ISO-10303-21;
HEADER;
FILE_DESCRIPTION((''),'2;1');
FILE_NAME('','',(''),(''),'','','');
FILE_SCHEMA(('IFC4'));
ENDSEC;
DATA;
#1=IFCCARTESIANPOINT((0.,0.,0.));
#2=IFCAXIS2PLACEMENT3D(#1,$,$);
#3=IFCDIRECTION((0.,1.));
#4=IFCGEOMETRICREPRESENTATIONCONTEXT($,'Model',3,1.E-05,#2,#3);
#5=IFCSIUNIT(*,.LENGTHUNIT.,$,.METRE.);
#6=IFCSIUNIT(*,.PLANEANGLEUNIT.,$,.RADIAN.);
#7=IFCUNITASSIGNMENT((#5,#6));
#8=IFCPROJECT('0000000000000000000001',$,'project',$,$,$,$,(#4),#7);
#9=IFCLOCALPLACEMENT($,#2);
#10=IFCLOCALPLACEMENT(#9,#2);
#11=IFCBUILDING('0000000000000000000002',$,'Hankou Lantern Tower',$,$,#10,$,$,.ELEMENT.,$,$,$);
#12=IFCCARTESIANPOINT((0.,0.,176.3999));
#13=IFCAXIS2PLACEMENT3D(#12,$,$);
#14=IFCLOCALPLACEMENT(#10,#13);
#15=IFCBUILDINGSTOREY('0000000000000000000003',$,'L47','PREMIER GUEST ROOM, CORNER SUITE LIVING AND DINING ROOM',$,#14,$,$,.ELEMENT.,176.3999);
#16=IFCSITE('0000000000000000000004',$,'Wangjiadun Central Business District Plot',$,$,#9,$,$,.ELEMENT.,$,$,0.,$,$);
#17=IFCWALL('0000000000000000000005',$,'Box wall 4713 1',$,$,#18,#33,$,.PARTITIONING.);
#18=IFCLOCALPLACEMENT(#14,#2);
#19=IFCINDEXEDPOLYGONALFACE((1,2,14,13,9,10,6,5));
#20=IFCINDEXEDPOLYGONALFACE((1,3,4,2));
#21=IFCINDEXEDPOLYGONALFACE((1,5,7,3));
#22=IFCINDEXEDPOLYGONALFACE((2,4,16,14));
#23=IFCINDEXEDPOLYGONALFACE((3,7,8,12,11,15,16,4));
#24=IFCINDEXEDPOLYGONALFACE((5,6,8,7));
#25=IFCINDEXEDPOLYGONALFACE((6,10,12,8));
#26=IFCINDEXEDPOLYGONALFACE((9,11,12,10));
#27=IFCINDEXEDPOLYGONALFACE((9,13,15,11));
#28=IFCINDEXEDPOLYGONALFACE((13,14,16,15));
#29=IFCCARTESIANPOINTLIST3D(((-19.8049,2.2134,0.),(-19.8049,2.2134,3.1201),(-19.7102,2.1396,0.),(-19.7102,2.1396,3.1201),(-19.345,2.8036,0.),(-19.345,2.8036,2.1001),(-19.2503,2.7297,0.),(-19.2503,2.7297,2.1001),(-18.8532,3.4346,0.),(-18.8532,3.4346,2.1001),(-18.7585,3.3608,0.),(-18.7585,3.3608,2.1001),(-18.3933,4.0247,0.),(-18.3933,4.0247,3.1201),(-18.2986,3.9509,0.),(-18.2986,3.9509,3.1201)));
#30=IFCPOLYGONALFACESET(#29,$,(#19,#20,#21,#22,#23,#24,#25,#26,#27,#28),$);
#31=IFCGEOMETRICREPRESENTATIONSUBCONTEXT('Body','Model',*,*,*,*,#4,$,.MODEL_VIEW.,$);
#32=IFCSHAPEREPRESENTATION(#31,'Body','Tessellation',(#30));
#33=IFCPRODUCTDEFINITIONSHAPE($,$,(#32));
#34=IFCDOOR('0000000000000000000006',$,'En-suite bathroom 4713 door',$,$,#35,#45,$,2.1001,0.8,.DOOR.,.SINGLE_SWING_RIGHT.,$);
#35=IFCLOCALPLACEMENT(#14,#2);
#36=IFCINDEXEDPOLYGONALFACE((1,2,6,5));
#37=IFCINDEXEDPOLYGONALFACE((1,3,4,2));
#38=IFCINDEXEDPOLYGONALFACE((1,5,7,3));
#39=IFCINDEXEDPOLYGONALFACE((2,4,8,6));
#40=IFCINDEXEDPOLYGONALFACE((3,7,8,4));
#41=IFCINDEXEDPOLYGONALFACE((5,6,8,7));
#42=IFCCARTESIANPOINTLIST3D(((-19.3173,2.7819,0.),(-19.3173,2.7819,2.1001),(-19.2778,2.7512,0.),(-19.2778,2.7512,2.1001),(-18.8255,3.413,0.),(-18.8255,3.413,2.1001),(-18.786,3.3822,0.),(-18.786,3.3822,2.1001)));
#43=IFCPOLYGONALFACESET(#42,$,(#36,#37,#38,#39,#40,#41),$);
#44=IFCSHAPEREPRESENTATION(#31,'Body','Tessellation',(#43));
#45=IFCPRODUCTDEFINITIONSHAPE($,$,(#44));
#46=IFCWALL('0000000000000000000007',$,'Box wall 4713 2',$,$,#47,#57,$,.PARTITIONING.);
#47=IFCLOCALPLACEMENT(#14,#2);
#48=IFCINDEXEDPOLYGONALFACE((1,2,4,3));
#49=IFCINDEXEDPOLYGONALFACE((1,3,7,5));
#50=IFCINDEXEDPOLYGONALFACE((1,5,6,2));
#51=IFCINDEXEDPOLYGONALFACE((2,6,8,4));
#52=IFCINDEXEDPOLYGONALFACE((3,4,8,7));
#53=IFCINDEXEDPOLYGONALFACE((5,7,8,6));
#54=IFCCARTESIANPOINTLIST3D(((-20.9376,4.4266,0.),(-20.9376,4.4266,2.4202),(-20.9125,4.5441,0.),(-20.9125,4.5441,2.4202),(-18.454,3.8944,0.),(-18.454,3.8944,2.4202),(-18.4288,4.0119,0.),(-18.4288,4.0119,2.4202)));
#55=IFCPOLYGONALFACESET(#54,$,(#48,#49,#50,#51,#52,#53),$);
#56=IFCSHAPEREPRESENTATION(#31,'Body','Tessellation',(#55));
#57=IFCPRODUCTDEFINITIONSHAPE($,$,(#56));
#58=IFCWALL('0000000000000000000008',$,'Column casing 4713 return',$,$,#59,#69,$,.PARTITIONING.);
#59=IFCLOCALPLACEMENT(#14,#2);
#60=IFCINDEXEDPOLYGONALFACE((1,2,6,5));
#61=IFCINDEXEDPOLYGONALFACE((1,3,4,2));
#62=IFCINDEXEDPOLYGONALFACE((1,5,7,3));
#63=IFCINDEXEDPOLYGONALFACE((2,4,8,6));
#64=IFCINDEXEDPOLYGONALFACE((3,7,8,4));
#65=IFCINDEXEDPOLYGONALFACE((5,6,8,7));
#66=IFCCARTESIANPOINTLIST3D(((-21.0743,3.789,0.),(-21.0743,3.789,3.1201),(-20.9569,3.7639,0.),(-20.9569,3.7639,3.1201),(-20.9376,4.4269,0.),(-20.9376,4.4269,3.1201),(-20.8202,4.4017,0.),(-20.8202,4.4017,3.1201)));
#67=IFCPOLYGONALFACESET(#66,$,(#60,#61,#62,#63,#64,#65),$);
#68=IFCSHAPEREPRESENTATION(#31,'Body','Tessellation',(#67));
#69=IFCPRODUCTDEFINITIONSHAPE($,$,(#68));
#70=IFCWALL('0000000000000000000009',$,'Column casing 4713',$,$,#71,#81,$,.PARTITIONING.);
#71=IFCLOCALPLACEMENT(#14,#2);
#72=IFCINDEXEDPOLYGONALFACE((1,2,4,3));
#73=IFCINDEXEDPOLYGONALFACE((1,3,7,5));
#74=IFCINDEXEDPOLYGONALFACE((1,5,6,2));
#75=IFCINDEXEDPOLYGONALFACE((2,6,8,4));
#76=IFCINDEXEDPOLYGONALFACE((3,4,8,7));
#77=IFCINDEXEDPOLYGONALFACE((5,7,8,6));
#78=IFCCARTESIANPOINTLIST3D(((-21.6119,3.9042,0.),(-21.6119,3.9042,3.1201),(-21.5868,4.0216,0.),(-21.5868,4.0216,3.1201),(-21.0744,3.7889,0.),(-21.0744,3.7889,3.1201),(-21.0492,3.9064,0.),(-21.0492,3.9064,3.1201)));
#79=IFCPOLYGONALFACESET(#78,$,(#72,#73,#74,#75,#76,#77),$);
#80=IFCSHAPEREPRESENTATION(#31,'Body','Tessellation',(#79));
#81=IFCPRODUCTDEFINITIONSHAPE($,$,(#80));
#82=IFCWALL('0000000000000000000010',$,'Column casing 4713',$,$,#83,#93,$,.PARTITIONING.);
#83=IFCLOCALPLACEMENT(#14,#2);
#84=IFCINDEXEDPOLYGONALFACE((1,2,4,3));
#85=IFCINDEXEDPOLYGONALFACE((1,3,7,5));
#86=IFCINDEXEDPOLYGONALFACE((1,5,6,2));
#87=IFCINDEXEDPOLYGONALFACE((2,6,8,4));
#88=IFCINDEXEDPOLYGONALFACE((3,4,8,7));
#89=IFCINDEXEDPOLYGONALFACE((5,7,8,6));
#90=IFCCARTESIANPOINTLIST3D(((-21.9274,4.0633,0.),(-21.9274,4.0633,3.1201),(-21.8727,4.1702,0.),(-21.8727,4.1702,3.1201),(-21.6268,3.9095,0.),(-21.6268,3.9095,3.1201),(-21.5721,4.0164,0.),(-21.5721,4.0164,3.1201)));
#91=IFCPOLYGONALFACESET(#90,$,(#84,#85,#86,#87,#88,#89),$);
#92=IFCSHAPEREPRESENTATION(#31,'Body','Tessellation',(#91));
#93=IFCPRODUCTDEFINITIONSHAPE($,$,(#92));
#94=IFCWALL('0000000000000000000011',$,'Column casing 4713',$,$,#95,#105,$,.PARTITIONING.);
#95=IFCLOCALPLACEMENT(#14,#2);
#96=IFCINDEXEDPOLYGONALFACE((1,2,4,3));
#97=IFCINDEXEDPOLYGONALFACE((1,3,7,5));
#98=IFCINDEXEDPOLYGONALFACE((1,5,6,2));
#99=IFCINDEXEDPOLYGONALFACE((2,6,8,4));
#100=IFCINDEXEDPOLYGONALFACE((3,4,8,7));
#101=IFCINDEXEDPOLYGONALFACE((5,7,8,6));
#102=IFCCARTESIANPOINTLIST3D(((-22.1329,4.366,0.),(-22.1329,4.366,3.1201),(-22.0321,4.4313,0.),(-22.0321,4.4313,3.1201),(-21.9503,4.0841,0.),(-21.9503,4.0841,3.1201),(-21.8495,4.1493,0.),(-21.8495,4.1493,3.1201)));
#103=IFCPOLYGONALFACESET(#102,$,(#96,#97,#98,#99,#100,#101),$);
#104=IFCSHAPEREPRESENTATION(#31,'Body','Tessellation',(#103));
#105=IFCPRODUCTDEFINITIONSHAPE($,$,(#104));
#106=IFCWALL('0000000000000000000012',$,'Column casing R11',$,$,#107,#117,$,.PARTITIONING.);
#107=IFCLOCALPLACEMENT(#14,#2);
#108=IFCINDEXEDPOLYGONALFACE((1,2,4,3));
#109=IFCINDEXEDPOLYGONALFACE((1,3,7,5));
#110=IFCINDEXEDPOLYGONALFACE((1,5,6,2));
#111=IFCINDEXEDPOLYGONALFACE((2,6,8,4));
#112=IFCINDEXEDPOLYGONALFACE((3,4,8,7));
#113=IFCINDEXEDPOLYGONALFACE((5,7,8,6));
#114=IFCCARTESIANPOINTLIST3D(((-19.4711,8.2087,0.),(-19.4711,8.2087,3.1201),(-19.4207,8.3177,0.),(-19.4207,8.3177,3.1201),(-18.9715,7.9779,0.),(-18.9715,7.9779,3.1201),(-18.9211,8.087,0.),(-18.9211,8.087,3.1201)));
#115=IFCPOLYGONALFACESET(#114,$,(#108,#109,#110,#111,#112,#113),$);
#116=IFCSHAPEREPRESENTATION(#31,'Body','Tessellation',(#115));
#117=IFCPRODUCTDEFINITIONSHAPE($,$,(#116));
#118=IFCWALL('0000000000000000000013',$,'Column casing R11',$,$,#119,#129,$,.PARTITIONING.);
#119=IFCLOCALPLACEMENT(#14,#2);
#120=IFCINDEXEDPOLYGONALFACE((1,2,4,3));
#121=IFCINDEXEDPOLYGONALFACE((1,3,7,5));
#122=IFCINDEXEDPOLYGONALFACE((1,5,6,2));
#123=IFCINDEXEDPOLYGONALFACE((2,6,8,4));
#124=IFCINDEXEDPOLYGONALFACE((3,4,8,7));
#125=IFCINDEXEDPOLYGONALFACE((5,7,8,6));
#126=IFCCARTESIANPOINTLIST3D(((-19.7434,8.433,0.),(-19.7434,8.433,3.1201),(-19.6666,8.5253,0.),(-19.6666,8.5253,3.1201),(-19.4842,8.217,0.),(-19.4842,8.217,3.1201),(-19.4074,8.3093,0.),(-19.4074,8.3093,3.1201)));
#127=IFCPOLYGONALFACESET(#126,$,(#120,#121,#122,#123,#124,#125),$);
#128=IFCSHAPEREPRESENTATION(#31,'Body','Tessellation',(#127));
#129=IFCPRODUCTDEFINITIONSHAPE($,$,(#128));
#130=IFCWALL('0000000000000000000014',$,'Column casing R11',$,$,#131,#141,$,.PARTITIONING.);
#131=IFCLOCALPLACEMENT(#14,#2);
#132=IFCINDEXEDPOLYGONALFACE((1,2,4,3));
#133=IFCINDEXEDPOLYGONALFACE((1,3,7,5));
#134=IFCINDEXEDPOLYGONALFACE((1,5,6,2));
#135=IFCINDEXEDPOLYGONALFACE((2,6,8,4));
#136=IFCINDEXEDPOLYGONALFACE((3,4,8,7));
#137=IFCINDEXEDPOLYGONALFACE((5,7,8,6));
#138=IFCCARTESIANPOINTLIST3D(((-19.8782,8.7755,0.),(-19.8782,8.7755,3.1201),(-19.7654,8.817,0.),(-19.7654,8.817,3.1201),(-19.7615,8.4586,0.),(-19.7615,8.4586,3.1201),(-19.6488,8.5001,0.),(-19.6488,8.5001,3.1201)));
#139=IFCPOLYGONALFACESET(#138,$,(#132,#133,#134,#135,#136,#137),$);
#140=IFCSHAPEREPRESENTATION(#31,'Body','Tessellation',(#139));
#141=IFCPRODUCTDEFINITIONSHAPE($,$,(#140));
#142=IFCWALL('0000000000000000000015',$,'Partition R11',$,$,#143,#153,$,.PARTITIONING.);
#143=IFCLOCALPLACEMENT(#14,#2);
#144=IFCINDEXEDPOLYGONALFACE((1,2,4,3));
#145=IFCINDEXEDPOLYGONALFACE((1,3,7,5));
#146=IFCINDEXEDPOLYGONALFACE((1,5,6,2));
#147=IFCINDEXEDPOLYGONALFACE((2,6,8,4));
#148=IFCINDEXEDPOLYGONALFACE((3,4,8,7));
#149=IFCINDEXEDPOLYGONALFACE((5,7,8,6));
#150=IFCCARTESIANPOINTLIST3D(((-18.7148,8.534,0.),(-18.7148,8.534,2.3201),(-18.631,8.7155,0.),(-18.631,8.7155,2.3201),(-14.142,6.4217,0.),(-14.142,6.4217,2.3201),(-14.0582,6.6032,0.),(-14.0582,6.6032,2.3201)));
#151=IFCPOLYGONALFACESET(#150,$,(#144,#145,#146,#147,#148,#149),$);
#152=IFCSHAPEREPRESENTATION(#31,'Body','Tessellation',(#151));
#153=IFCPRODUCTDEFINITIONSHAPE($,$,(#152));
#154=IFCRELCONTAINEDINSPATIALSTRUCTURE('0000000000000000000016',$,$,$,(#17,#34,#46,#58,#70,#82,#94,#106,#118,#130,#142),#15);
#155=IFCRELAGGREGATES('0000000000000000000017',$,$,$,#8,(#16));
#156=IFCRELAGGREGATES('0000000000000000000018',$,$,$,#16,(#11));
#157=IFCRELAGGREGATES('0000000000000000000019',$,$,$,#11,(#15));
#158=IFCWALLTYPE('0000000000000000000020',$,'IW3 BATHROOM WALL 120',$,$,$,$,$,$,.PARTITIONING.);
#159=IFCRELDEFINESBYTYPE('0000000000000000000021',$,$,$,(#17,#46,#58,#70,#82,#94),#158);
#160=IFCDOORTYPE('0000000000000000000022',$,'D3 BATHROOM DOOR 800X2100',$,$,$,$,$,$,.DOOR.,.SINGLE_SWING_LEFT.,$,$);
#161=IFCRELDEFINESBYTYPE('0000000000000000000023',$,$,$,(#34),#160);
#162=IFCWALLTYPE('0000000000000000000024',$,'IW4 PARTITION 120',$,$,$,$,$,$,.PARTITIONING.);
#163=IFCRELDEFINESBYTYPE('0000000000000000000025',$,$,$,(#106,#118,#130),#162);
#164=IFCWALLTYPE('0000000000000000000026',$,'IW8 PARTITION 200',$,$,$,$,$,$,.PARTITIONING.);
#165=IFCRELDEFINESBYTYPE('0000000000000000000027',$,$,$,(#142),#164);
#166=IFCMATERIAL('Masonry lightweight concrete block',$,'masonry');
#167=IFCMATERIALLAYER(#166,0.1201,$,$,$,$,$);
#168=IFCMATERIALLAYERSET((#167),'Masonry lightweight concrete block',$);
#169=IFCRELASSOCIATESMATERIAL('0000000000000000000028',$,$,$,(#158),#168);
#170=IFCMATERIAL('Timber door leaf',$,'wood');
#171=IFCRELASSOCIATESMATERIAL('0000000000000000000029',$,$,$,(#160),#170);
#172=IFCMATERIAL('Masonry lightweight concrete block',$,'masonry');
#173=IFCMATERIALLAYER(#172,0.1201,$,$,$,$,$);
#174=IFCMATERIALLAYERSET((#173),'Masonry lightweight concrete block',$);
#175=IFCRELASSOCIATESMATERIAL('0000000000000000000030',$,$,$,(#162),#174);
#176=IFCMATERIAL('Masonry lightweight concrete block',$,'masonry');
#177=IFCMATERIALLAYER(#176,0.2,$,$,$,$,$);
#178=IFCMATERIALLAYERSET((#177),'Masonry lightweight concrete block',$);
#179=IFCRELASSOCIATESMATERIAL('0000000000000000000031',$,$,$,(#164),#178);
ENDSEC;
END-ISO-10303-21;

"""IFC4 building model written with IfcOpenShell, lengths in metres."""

from ifc_helpers import new_model, si_unit, direction, frame, frame_2d, origin, place, context, subcontext, project, spatial, rectangle, extrude, material, layer, layer_set, type_object, element, fill, save


model = new_model("IFC4")

# Units and contexts
model_context = context("Model", 3, precision=1e-05, world=origin(), true_north=direction((0.0, 1.0)))
body_context = subcontext(model_context, "Body", "Model", "MODEL_VIEW")
ifc_project = project(units=[si_unit("LENGTHUNIT", "METRE"), si_unit("PLANEANGLEUNIT", "RADIAN")], contexts=[model_context])

# Site, building, storey
site_placement = place(None, origin())
site = spatial("IfcSite", under=ifc_project, at=site_placement, Name="Wangjiadun Central Business District Plot", CompositionType="ELEMENT", RefElevation=0.0)
building_placement = place(site_placement, origin())
building = spatial("IfcBuilding", under=site, at=building_placement, Name="Hankou Lantern Tower", CompositionType="ELEMENT")
storey_placement = place(building_placement, frame((0.0, 0.0, 176.3999)))
storey = spatial("IfcBuildingStorey", under=building, at=storey_placement, Name="L47", Description="PREMIER GUEST ROOM, CORNER SUITE LIVING AND DINING ROOM", CompositionType="ELEMENT", Elevation=176.3999)

# Wall, opening, door
ifc_material_1 = material(Name="Masonry lightweight concrete block", Category="masonry")
ifc_layer_1 = layer(ifc_material_1, 0.1201)
ifc_layer_set_1 = layer_set([ifc_layer_1], Name="Masonry lightweight concrete block")
wall_type_1 = type_object("IfcWallType", Name="IW3 BATHROOM WALL 120", PredefinedType="PARTITIONING", material=ifc_layer_set_1)
wall_1_placement = place(storey_placement, frame((-19.7576, 2.1765, 0.0), z_axis=(0.0, 0.0, 1.0), x_axis=(0.614713, 0.788751, 0.0)))
wall_1 = element("IfcWall", 1, at=wall_1_placement, inside=storey, type_object=wall_type_1, Name="Box wall 4713 1", PredefinedType="PARTITIONING", context=body_context, shape_type="SweptSolid", body=[
    extrude(rectangle(XDim=2.2964, YDim=0.1201, at=frame_2d((1.1482, 0.0))), origin(), (0.0, 0.0, 1.0), 3.1201),
])
opening_1_placement = place(wall_1_placement, frame((0.7483, 0.0, 0.0)))
opening_1 = element("IfcOpeningElement", 2, at=opening_1_placement, cuts=wall_1, PredefinedType="OPENING", context=body_context, shape_type="SweptSolid", body=[
    extrude(rectangle(XDim=0.8, YDim=2.1001, at=frame_2d((0.3999, 1.05))), frame((0.0, 0.0701, 0.0), z_axis=(0.0, -1.0, 0.0), x_axis=(1.0, 0.0, 0.0)), (0.0, 0.0, 1.0), 0.1401),
])
ifc_material_2 = material(Name="Timber door leaf", Category="wood")
door_type_1 = type_object("IfcDoorType", Name="D3 BATHROOM DOOR 800X2100", OperationType="SINGLE_SWING_LEFT", PredefinedType="DOOR", material=ifc_material_2)
door_1_placement = place(opening_1_placement, origin())
door_1 = element("IfcDoor", 3, at=door_1_placement, inside=storey, type_object=door_type_1, Name="En-suite bathroom 4713 door", OperationType="SINGLE_SWING_RIGHT", OverallHeight=2.1001, OverallWidth=0.8, PredefinedType="DOOR", context=body_context, shape_type="SweptSolid", body=[
    extrude(rectangle(XDim=0.8, YDim=2.1001, at=frame_2d((0.3999, 1.05))), frame((0.0, 0.0249, 0.0), z_axis=(0.0, -1.0, 0.0), x_axis=(1.0, 0.0, 0.0)), (0.0, 0.0, 1.0), 0.05),
])
fill(opening_1, door_1)

# Walls
wall_2_placement = place(storey_placement, frame((-18.4414, 3.9531, 0.0), z_axis=(0.0, 0.0, 1.0), x_axis=(-0.977801, 0.209536, 0.0)))
element("IfcWall", 4, at=wall_2_placement, inside=storey, type_object=wall_type_1, Name="Box wall 4713 2", PredefinedType="PARTITIONING", context=body_context, shape_type="SweptSolid", body=[
    extrude(rectangle(XDim=2.54, YDim=0.1201, at=frame_2d((1.27, 0.0))), origin(), (0.0, 0.0, 1.0), 2.4202),
])
wall_3_placement = place(storey_placement, frame((-20.8789, 4.4143, 0.0), z_axis=(0.0, 0.0, 1.0), x_axis=(-0.209555, -0.977797, 0.0)))
element("IfcWall", 5, at=wall_3_placement, inside=storey, type_object=wall_type_1, Name="Column casing 4713 return", PredefinedType="PARTITIONING", context=body_context, shape_type="SweptSolid", body=[
    extrude(rectangle(XDim=0.6523, YDim=0.1201, at=frame_2d((0.3262, 0.0))), origin(), (0.0, 0.0, 1.0), 3.1201),
])
wall_4_placement = place(storey_placement, frame((-21.0618, 3.8477, 0.0), z_axis=(0.0, 0.0, 1.0), x_axis=(-0.977789, 0.20959, 0.0)))
element("IfcWall", 6, at=wall_4_placement, inside=storey, type_object=wall_type_1, Name="Column casing 4713", PredefinedType="PARTITIONING", context=body_context, shape_type="SweptSolid", body=[
    extrude(rectangle(XDim=0.5498, YDim=0.1201, at=frame_2d((0.2749, 0.0))), origin(), (0.0, 0.0, 1.0), 3.1201),
])
wall_5_placement = place(storey_placement, frame((-21.5994, 3.9629, 0.0), z_axis=(0.0, 0.0, 1.0), x_axis=(-0.890194, 0.455582, 0.0)))
element("IfcWall", 7, at=wall_5_placement, inside=storey, type_object=wall_type_1, Name="Column casing 4713", PredefinedType="PARTITIONING", context=body_context, shape_type="SweptSolid", body=[
    extrude(rectangle(XDim=0.3376, YDim=0.1201, at=frame_2d((0.1689, 0.0))), origin(), (0.0, 0.0, 1.0), 3.1201),
])
wall_6_placement = place(storey_placement, frame((-21.8999, 4.1167, 0.0), z_axis=(0.0, 0.0, 1.0), x_axis=(-0.543583, 0.839356, 0.0)))
element("IfcWall", 8, at=wall_6_placement, inside=storey, type_object=wall_type_1, Name="Column casing 4713", PredefinedType="PARTITIONING", context=body_context, shape_type="SweptSolid", body=[
    extrude(rectangle(XDim=0.3359, YDim=0.1201, at=frame_2d((0.168, 0.0))), origin(), (0.0, 0.0, 1.0), 3.1201),
])
ifc_material_3 = material(Name="Masonry lightweight concrete block", Category="masonry")
ifc_layer_2 = layer(ifc_material_3, 0.1201)
ifc_layer_set_2 = layer_set([ifc_layer_2], Name="Masonry lightweight concrete block")
wall_type_2 = type_object("IfcWallType", Name="IW4 PARTITION 120", PredefinedType="PARTITIONING", material=ifc_layer_set_2)
wall_7_placement = place(storey_placement, frame((-18.9463, 8.0325, 0.0), z_axis=(0.0, 0.0, 1.0), x_axis=(-0.907842, 0.419311, 0.0)))
element("IfcWall", 9, at=wall_7_placement, inside=storey, type_object=wall_type_2, Name="Column casing R11", PredefinedType="PARTITIONING", context=body_context, shape_type="SweptSolid", body=[
    extrude(rectangle(XDim=0.5503, YDim=0.1201, at=frame_2d((0.2751, 0.0))), origin(), (0.0, 0.0, 1.0), 3.1201),
])
wall_8_placement = place(storey_placement, frame((-19.4458, 8.2632, 0.0), z_axis=(0.0, 0.0, 1.0), x_axis=(-0.768221, 0.640184, 0.0)))
element("IfcWall", 10, at=wall_8_placement, inside=storey, type_object=wall_type_2, Name="Column casing R11", PredefinedType="PARTITIONING", context=body_context, shape_type="SweptSolid", body=[
    extrude(rectangle(XDim=0.3374, YDim=0.1201, at=frame_2d((0.1687, 0.0))), origin(), (0.0, 0.0, 1.0), 3.1201),
])
wall_9_placement = place(storey_placement, frame((-19.7051, 8.4792, 0.0), z_axis=(0.0, 0.0, 1.0), x_axis=(-0.345571, 0.938392, 0.0)))
element("IfcWall", 11, at=wall_9_placement, inside=storey, type_object=wall_type_2, Name="Column casing R11", PredefinedType="PARTITIONING", context=body_context, shape_type="SweptSolid", body=[
    extrude(rectangle(XDim=0.3376, YDim=0.1201, at=frame_2d((0.1689, 0.0))), origin(), (0.0, 0.0, 1.0), 3.1201),
])
ifc_material_4 = material(Name="Masonry lightweight concrete block", Category="masonry")
ifc_layer_3 = layer(ifc_material_4, 0.2)
ifc_layer_set_3 = layer_set([ifc_layer_3], Name="Masonry lightweight concrete block")
wall_type_3 = type_object("IfcWallType", Name="IW8 PARTITION 200", PredefinedType="PARTITIONING", material=ifc_layer_set_3)
wall_10_placement = place(storey_placement, frame((-14.1001, 6.5125, 0.0), z_axis=(0.0, 0.0, 1.0), x_axis=(-0.907823, 0.419353, 0.0)))
element("IfcWall", 12, at=wall_10_placement, inside=storey, type_object=wall_type_3, Name="Partition R11", PredefinedType="PARTITIONING", context=body_context, shape_type="SweptSolid", body=[
    extrude(rectangle(XDim=5.0371, YDim=0.2, at=frame_2d((2.5186, 0.0))), origin(), (0.0, 0.0, 1.0), 2.3201),
])

save(model, "model.ifc")
